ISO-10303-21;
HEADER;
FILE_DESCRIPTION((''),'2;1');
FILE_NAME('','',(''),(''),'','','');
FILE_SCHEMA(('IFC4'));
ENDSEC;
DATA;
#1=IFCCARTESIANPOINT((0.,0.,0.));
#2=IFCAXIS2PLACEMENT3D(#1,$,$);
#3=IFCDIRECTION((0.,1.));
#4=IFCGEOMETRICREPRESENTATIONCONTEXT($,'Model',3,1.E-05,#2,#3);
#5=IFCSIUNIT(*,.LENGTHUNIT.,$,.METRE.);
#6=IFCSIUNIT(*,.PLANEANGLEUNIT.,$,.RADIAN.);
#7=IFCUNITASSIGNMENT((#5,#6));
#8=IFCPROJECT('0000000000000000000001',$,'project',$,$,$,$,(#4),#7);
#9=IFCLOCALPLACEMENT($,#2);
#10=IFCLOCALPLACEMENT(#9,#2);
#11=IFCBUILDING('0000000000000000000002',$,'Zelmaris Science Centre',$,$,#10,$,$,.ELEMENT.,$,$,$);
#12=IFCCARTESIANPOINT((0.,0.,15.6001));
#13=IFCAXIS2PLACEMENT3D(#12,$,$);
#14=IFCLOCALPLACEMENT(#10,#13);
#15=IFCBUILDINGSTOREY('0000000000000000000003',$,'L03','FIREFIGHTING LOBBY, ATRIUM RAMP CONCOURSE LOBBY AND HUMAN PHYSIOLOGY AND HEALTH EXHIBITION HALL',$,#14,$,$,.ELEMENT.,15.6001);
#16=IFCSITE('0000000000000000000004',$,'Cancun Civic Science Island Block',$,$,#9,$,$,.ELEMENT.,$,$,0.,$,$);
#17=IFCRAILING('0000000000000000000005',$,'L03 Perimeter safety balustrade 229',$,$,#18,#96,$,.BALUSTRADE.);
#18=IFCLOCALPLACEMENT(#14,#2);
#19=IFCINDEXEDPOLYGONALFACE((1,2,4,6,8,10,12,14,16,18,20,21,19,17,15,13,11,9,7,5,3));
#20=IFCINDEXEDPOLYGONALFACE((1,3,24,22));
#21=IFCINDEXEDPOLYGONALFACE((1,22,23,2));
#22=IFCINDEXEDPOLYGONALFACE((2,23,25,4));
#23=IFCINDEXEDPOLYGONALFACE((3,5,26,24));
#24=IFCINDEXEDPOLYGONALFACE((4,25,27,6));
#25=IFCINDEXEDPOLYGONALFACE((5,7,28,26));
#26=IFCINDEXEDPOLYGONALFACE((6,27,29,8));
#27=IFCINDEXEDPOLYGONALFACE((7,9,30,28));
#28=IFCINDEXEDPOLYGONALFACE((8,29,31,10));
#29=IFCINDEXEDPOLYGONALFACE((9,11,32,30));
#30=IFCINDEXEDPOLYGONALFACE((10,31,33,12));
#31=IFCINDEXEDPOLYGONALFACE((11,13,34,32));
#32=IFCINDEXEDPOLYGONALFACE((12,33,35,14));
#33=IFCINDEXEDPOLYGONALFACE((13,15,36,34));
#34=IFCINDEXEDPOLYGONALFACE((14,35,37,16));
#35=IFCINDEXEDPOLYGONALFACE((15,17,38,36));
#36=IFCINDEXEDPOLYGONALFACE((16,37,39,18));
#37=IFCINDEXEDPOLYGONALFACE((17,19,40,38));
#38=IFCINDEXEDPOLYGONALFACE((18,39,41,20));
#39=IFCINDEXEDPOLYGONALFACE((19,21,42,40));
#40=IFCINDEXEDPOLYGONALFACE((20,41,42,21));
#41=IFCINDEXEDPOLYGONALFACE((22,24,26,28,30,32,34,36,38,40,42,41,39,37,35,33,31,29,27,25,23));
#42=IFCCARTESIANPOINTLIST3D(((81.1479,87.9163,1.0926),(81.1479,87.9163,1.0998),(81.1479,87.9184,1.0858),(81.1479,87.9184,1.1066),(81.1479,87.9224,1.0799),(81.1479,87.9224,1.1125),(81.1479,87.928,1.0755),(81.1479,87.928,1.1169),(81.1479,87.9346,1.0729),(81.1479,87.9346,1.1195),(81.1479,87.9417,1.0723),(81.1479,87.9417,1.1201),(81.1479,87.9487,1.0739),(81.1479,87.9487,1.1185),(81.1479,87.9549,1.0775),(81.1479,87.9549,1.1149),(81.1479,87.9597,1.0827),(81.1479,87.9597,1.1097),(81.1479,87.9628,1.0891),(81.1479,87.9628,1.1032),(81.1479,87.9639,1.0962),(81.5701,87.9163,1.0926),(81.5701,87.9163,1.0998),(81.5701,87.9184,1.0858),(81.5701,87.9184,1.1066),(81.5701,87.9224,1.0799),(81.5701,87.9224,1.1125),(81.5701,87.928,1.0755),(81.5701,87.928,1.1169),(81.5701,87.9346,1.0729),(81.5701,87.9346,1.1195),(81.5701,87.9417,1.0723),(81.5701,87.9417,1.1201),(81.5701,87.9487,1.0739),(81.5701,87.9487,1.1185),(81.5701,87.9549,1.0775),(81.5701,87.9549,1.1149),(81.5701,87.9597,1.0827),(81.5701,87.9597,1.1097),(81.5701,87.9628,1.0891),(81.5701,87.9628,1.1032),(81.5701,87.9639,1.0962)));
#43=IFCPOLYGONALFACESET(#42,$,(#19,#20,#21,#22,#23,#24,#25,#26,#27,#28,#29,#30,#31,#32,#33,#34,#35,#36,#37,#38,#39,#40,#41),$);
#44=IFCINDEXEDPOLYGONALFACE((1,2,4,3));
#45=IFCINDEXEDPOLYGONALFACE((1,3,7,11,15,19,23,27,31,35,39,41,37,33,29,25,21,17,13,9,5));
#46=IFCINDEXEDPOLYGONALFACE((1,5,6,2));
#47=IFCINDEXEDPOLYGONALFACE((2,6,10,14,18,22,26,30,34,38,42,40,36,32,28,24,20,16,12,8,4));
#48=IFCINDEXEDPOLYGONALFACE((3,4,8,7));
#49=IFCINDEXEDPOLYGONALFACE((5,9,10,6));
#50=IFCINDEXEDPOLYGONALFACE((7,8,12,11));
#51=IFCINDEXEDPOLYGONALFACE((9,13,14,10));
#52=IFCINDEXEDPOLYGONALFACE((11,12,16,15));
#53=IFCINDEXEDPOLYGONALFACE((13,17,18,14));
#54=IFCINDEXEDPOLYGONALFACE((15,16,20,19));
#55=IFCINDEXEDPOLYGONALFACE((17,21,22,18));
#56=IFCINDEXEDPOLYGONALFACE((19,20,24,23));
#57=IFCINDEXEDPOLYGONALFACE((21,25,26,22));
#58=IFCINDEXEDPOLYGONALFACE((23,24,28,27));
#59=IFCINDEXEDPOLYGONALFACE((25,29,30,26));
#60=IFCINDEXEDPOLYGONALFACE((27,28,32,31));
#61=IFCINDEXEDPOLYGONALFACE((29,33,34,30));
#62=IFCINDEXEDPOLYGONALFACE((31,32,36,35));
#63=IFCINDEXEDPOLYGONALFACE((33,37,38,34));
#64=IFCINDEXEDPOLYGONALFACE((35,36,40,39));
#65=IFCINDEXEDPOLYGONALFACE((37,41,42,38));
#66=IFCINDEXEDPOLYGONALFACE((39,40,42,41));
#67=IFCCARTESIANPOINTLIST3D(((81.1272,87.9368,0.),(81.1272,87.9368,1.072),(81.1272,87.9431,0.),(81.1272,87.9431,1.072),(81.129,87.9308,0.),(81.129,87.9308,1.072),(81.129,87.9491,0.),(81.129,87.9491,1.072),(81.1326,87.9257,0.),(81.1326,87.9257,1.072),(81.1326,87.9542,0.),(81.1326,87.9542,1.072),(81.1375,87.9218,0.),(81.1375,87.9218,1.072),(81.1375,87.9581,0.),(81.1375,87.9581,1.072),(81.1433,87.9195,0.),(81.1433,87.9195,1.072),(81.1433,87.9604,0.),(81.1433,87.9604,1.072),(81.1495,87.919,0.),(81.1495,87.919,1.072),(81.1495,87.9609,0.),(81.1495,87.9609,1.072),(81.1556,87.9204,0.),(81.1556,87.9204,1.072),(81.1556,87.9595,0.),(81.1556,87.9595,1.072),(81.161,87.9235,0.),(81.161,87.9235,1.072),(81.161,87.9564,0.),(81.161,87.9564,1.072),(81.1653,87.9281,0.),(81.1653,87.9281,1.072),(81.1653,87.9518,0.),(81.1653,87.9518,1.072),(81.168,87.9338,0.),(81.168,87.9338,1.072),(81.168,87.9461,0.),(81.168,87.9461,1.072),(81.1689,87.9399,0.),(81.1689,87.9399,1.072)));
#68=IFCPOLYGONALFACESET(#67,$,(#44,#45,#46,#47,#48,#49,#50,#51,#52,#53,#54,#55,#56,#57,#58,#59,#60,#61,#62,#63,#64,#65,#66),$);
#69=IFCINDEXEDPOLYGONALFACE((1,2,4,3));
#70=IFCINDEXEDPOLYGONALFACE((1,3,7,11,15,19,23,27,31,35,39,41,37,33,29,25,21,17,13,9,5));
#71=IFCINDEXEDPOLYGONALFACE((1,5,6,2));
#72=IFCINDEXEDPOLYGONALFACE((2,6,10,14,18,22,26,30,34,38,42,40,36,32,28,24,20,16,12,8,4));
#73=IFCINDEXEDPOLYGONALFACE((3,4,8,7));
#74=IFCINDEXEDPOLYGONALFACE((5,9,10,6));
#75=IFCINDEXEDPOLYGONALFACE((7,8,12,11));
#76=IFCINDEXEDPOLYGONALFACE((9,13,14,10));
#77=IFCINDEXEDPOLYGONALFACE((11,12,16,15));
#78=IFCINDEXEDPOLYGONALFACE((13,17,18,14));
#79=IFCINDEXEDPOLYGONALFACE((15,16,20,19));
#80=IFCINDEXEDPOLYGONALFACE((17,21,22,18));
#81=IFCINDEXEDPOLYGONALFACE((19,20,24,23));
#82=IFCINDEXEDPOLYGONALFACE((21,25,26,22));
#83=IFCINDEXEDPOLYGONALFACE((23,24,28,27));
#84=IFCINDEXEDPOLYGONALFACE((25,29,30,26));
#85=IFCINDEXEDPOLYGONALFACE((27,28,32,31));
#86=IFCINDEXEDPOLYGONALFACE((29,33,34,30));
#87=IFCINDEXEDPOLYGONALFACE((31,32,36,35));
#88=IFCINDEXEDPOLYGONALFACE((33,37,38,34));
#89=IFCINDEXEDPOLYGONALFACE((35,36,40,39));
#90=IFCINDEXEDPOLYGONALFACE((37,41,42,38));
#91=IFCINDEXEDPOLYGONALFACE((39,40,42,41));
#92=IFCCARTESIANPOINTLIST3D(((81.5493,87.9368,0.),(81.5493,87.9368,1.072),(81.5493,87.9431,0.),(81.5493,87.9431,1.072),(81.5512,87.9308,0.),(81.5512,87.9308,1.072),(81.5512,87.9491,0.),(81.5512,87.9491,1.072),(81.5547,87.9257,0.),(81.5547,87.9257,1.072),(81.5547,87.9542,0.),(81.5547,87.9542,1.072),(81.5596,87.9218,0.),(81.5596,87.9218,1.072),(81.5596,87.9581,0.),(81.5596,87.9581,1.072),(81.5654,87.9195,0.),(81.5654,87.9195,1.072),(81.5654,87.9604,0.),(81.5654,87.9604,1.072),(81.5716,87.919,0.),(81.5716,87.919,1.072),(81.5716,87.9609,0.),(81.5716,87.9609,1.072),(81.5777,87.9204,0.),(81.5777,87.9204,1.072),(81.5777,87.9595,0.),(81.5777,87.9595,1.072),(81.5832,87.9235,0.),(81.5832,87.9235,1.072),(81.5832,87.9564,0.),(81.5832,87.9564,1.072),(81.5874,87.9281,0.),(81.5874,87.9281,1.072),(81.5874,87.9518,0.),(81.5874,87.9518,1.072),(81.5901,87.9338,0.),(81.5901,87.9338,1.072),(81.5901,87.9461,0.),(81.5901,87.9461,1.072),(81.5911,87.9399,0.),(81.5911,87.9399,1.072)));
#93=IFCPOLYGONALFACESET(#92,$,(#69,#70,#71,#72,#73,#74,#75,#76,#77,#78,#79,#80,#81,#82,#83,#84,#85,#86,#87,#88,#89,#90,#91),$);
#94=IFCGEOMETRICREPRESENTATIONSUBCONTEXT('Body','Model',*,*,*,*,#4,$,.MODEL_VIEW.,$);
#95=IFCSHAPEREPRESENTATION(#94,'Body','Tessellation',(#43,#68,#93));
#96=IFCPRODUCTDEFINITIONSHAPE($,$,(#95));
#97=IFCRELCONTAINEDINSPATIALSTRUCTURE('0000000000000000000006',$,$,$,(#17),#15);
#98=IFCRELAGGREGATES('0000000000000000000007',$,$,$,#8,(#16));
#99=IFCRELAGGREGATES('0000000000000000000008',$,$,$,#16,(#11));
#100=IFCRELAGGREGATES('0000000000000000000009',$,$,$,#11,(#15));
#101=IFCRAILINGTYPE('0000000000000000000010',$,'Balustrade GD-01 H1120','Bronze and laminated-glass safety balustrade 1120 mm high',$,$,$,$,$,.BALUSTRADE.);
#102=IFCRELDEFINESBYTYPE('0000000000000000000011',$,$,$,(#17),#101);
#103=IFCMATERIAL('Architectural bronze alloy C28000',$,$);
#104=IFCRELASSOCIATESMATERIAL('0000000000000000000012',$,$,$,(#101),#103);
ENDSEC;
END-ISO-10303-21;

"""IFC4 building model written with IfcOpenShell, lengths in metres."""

from ifc_helpers import new_model, si_unit, direction, frame, origin, origin_2d, place, context, subcontext, project, spatial, circle, extrude, material, type_object, element, save


model = new_model("IFC4")

# Units and contexts
model_context = context("Model", 3, precision=1e-05, world=origin(), true_north=direction((0.0, 1.0)))
body_context = subcontext(model_context, "Body", "Model", "MODEL_VIEW")
ifc_project = project(units=[si_unit("LENGTHUNIT", "METRE"), si_unit("PLANEANGLEUNIT", "RADIAN")], contexts=[model_context])

# Site, building, storey
site_placement = place(None, origin())
site = spatial("IfcSite", under=ifc_project, at=site_placement, Name="Cancun Civic Science Island Block", CompositionType="ELEMENT", RefElevation=0.0)
building_placement = place(site_placement, origin())
building = spatial("IfcBuilding", under=site, at=building_placement, Name="Zelmaris Science Centre", CompositionType="ELEMENT")
storey_placement = place(building_placement, frame((0.0, 0.0, 15.6001)))
storey = spatial("IfcBuildingStorey", under=building, at=storey_placement, Name="L03", Description="FIREFIGHTING LOBBY, ATRIUM RAMP CONCOURSE LOBBY AND HUMAN PHYSIOLOGY AND HEALTH EXHIBITION HALL", CompositionType="ELEMENT", Elevation=15.6001)

# Railing
ifc_material_1 = material(Name="Architectural bronze alloy C28000")
railing_type = type_object("IfcRailingType", Name="Balustrade GD-01 H1120", Description="Bronze and laminated-glass safety balustrade 1120 mm high", PredefinedType="BALUSTRADE", material=ifc_material_1)
railing_1_placement = place(storey_placement, frame((81.1479, 87.9399, 0.0)))
element("IfcRailing", 1, at=railing_1_placement, inside=storey, type_object=railing_type, Name="L03 Perimeter safety balustrade 229", PredefinedType="BALUSTRADE", context=body_context, shape_type="SweptSolid", body=[
    extrude(circle(Radius=0.0239, at=origin_2d()), frame((0.0, 0.0, 1.0962), z_axis=(1.0, 0.0, 0.0), x_axis=(0.0, 1.0, 0.0)), (0.0, 0.0, 1.0), 0.4221),
    extrude(circle(Radius=0.021, at=origin_2d()), origin(), (0.0, 0.0, 1.0), 1.072),
    extrude(circle(Radius=0.021, at=origin_2d()), frame((0.4221, 0.0, 0.0)), (0.0, 0.0, 1.0), 1.072),
])

save(model, "model.ifc")
